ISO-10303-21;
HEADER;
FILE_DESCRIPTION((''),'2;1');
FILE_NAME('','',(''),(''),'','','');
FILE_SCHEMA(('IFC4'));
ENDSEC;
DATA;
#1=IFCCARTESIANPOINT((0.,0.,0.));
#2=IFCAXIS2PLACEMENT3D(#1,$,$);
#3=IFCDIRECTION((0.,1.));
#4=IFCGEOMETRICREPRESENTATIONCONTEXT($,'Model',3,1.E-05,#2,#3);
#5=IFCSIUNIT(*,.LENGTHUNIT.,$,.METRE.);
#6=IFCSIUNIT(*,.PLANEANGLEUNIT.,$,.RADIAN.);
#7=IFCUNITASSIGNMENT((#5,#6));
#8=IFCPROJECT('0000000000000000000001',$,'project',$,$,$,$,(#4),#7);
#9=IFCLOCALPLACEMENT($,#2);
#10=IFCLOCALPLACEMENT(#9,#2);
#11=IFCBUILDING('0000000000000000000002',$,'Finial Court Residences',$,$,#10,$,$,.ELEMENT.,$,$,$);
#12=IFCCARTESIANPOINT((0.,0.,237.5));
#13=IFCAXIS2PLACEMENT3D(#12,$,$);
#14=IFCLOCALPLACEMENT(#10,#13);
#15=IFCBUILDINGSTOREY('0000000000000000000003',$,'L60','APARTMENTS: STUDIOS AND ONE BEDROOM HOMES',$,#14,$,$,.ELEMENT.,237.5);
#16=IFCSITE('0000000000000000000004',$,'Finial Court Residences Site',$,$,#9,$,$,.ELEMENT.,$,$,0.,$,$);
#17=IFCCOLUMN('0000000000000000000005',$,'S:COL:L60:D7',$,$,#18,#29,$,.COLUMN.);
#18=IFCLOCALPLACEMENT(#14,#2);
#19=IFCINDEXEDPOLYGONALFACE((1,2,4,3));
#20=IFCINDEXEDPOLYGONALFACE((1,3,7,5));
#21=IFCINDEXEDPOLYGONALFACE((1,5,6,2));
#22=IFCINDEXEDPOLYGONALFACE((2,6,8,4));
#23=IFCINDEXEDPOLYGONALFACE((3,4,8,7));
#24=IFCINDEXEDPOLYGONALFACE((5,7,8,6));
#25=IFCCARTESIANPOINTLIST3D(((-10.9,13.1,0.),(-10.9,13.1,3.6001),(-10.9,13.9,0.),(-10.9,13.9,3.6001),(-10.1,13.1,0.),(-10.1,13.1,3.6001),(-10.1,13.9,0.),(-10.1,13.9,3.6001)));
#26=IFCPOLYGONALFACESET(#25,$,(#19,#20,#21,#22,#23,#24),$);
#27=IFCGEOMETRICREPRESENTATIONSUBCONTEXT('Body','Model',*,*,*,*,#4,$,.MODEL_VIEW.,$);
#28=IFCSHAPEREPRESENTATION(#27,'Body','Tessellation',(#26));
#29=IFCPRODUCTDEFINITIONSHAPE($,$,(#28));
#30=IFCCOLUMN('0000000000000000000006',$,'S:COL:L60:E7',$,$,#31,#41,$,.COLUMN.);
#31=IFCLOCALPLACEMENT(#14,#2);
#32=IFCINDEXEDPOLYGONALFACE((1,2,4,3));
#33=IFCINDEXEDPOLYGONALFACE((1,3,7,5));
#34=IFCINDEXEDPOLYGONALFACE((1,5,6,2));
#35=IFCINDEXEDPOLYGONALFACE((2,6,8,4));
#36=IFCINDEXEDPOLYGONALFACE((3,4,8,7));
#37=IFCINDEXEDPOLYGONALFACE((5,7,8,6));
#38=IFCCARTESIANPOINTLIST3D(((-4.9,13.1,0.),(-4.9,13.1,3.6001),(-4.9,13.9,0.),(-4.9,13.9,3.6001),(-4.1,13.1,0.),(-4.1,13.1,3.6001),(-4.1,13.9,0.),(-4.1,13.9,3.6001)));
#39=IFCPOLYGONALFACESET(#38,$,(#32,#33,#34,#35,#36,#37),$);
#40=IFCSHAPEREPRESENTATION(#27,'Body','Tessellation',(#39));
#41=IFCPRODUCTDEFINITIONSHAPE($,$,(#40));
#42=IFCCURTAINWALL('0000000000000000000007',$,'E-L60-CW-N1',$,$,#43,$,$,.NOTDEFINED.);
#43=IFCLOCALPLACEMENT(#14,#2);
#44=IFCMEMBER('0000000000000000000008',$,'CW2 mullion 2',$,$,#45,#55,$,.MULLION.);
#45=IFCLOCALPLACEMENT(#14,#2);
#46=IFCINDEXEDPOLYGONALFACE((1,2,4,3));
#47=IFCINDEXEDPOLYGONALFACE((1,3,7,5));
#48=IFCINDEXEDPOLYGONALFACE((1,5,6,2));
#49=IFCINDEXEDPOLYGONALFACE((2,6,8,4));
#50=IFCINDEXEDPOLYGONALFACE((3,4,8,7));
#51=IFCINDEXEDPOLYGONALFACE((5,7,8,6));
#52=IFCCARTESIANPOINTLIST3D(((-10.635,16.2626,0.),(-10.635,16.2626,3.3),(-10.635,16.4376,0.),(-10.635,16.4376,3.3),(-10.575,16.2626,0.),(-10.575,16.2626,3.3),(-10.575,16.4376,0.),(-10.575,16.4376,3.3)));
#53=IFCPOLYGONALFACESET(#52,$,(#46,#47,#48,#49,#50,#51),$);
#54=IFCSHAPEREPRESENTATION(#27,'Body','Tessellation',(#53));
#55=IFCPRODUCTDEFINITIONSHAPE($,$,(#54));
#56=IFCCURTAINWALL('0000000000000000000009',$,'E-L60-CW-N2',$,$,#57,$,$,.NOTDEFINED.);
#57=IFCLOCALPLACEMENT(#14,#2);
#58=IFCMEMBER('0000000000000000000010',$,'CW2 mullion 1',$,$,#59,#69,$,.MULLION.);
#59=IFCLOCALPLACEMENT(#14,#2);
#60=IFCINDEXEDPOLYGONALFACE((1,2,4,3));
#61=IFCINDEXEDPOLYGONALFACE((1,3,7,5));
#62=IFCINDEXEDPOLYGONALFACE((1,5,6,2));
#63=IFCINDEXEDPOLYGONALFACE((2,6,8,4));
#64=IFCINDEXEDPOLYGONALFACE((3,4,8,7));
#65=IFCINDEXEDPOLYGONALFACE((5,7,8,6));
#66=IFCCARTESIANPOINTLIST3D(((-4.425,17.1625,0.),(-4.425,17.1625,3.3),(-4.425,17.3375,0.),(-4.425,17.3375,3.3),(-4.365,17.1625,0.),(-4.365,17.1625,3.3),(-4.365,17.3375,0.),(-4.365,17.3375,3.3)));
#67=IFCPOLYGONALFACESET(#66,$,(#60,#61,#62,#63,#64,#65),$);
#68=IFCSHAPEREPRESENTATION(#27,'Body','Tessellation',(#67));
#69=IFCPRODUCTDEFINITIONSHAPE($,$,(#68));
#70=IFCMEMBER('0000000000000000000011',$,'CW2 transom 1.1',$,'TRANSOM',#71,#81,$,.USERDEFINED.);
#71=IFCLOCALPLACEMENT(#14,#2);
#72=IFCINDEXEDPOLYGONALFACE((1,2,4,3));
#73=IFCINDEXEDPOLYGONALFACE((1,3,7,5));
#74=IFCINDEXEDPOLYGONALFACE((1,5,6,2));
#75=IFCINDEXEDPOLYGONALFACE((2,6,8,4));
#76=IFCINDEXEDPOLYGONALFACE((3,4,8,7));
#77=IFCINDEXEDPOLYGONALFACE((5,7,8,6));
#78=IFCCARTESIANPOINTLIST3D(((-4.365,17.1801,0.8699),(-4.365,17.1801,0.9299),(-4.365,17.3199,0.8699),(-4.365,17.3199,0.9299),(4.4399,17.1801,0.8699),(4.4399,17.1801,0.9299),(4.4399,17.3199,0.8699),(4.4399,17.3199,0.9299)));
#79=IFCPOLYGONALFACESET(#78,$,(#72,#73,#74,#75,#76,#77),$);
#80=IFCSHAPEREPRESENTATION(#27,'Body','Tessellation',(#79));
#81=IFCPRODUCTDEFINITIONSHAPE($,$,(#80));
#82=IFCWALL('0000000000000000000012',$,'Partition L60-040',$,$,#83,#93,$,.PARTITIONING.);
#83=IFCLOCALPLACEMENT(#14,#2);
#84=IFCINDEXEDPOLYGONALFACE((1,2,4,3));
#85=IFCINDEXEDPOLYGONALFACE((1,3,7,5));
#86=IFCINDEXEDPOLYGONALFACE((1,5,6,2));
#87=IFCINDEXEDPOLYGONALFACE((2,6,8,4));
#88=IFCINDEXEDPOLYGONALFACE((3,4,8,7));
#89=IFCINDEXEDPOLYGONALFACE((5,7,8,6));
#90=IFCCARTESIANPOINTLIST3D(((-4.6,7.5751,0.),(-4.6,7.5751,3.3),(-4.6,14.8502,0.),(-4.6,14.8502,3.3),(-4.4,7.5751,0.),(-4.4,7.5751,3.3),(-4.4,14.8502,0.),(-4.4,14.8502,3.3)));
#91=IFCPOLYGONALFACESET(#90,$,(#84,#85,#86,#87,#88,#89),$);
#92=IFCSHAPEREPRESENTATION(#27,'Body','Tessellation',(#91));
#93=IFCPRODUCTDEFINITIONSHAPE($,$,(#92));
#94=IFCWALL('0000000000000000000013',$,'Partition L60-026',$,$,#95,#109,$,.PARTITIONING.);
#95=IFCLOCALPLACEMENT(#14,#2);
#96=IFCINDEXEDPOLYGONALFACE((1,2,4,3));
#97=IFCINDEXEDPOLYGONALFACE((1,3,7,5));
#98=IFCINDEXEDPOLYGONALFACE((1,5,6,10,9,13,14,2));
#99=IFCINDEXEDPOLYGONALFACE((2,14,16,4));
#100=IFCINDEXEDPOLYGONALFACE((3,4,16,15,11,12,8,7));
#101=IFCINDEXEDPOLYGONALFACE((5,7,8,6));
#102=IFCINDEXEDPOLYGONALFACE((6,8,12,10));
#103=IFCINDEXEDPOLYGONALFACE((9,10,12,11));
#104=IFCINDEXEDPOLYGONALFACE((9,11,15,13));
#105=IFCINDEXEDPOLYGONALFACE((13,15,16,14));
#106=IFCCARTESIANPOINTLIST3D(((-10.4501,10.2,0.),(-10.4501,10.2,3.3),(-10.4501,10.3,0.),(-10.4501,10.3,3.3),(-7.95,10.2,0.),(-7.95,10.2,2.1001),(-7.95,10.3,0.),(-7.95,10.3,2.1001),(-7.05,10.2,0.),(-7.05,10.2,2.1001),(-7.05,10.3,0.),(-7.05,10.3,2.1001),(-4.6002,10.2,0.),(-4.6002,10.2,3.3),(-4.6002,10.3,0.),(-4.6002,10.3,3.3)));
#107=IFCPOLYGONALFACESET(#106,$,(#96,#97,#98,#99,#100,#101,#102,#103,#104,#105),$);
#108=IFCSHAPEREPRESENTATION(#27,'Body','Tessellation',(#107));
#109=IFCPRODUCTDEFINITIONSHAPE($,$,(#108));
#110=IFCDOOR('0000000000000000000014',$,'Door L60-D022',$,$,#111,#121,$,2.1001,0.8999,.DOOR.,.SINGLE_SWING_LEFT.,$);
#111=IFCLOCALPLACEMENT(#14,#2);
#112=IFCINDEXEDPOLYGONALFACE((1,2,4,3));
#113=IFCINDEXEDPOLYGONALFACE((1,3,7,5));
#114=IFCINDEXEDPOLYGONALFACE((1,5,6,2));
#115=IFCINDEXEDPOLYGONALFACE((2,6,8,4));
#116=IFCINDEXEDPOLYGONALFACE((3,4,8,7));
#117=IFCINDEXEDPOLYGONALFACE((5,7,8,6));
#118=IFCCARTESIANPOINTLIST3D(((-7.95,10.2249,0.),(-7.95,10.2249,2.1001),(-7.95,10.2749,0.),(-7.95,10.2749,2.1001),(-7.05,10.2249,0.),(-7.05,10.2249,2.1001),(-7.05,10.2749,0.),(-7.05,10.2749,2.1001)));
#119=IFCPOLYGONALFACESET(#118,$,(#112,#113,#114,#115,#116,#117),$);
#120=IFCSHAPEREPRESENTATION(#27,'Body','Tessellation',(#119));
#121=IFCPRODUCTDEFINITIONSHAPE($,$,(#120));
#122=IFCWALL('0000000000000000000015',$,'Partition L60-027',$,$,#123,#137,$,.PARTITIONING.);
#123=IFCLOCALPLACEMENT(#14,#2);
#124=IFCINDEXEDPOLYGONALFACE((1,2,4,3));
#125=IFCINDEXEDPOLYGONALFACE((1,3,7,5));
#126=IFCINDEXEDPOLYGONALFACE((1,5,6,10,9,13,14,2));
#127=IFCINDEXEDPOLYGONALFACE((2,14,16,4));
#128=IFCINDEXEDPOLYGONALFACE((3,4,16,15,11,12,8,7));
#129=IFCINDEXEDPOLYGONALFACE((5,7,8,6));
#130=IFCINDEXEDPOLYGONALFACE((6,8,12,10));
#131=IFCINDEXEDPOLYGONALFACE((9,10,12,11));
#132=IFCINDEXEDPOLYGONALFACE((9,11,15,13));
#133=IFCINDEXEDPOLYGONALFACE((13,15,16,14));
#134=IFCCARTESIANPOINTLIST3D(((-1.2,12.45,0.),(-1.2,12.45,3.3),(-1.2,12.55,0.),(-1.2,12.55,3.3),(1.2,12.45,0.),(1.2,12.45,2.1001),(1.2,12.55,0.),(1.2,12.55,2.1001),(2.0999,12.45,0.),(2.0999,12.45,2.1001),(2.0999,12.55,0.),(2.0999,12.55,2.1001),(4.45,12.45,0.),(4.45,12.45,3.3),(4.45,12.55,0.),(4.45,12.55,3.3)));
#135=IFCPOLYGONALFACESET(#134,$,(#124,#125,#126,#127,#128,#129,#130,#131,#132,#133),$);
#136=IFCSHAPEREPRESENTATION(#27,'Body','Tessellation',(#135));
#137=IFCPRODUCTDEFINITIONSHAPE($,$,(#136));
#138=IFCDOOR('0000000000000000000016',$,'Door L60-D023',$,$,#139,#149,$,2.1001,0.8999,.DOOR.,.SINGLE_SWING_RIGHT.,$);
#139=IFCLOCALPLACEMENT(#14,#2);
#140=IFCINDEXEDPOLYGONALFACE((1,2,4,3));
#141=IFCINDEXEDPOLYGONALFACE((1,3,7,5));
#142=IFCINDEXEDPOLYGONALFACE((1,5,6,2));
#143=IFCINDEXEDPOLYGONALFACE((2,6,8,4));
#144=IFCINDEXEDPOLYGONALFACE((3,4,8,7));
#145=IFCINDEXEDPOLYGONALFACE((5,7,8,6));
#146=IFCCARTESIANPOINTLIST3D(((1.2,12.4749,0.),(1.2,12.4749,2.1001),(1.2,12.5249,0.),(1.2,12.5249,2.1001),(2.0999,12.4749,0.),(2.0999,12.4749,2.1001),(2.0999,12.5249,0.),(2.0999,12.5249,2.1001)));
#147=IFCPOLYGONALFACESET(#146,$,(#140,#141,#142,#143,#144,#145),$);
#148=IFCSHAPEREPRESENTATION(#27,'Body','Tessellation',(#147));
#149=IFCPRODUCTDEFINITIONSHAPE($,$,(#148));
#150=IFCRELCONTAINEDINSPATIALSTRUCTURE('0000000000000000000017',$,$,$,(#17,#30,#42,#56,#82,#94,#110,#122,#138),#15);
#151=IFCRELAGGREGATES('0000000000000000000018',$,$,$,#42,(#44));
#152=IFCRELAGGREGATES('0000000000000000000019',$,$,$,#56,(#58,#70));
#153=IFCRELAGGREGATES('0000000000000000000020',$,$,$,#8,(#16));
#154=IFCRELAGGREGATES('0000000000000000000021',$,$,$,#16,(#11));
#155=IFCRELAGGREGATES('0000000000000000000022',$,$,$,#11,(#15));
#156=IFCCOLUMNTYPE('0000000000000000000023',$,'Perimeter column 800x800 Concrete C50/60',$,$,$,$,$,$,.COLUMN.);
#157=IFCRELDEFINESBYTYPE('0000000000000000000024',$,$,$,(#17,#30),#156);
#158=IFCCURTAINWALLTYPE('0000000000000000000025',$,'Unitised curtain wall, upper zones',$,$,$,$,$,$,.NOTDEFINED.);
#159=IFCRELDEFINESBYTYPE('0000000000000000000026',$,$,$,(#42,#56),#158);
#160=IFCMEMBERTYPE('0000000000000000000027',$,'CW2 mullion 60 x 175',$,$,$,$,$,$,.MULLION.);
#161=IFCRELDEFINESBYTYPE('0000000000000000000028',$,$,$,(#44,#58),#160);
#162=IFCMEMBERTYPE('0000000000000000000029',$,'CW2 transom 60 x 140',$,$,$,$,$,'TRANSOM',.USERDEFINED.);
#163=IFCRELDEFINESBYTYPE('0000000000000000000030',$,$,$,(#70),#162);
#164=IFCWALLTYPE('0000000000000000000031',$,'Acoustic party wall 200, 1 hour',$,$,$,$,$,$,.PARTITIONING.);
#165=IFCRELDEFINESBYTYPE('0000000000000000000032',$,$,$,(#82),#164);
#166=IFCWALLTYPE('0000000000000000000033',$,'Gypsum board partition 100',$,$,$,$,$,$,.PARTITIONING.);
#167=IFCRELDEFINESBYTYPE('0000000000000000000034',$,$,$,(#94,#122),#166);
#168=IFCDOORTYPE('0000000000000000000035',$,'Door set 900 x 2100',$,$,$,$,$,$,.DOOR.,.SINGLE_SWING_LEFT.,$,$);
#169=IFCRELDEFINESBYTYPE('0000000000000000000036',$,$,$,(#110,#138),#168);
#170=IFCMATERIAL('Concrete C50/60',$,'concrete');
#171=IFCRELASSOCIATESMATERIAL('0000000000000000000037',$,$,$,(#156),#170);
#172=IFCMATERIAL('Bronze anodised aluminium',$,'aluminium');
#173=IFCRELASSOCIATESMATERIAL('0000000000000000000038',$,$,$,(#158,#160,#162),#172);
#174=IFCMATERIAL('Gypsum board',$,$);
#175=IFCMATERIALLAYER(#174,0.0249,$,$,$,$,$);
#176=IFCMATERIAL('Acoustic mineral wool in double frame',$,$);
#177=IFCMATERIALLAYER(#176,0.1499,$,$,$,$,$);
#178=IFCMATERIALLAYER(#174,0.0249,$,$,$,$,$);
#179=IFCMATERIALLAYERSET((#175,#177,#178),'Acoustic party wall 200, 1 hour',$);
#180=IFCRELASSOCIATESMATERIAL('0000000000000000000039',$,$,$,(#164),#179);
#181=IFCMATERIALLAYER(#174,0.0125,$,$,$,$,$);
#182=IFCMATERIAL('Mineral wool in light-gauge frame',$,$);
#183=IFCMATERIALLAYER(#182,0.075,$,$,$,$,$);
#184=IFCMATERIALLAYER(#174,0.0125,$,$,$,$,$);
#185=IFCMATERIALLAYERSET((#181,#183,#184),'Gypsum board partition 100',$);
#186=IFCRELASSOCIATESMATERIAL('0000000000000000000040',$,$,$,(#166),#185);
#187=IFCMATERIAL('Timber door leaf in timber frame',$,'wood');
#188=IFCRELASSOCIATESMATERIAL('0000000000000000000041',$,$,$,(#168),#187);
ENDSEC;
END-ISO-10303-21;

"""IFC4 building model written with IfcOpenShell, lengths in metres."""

from ifc_helpers import new_model, si_unit, direction, frame, frame_2d, origin, origin_2d, place, context, subcontext, project, spatial, rectangle, extrude, material, layer, layer_set, material_profile, profile_set, type_object, element, fill, aggregate, save


model = new_model("IFC4")

# Units and contexts
model_context = context("Model", 3, precision=1e-05, world=origin(), true_north=direction((0.0, 1.0)))
body_context = subcontext(model_context, "Body", "Model", "MODEL_VIEW")
ifc_project = project(units=[si_unit("LENGTHUNIT", "METRE"), si_unit("PLANEANGLEUNIT", "RADIAN")], contexts=[model_context])

# Site, building, storey
site_placement = place(None, origin())
site = spatial("IfcSite", under=ifc_project, at=site_placement, Name="Finial Court Residences Site", CompositionType="ELEMENT", RefElevation=0.0)
building_placement = place(site_placement, origin())
building = spatial("IfcBuilding", under=site, at=building_placement, Name="Finial Court Residences", CompositionType="ELEMENT")
storey_placement = place(building_placement, frame((0.0, 0.0, 237.5)))
storey = spatial("IfcBuildingStorey", under=building, at=storey_placement, Name="L60", Description="APARTMENTS: STUDIOS AND ONE BEDROOM HOMES", CompositionType="ELEMENT", Elevation=237.5)

# Columns
ifc_material_1 = material(Name="Concrete C50/60", Category="concrete")
ifc_material_profile_1 = material_profile(ifc_material_1, rectangle(XDim=0.8, YDim=0.8, at=origin_2d()), Name="800x800")
ifc_profile_set_1 = profile_set([ifc_material_profile_1], Name="Concrete C50/60")
column_type = type_object("IfcColumnType", Name="Perimeter column 800x800 Concrete C50/60", PredefinedType="COLUMN", material=ifc_profile_set_1)
for number, where, z_axis, x_axis, name in (
    (1, (-10.5, 13.5, 0.0), (0.0, 0.0, 1.0), (1.0, 0.0, 0.0), "S:COL:L60:D7"),
    (2, (-4.5, 13.5, 0.0), (0.0, 0.0, 1.0), (1.0, 0.0, 0.0), "S:COL:L60:E7"),
):
    element("IfcColumn", number, at=place(storey_placement, frame(where, z_axis=z_axis, x_axis=x_axis)), inside=storey, type_object=column_type, Name=name, PredefinedType="COLUMN", context=body_context, shape_type="SweptSolid", body=[
        extrude(rectangle(XDim=0.8, YDim=0.8, at=origin_2d()), origin(), (0.0, 0.0, 1.0), 3.6001),
    ])

# Curtain wall, member
ifc_material_2 = material(Name="Bronze anodised aluminium", Category="aluminium")
curtain_wall_type = type_object("IfcCurtainWallType", Name="Unitised curtain wall, upper zones", PredefinedType="NOTDEFINED", material=ifc_material_2)
curtain_wall_1_placement = place(storey_placement, origin())
curtain_wall_1 = element("IfcCurtainWall", 3, at=curtain_wall_1_placement, inside=storey, type_object=curtain_wall_type, Name="E-L60-CW-N1", PredefinedType="NOTDEFINED")
ifc_material_profile_2 = material_profile(ifc_material_2, rectangle(XDim=0.175, YDim=0.0601, at=origin_2d()), Name="CW2 mullion 60 x 175")
ifc_profile_set_2 = profile_set([ifc_material_profile_2], Name="Bronze anodised aluminium")
member_type_1 = type_object("IfcMemberType", Name="CW2 mullion 60 x 175", PredefinedType="MULLION", material=ifc_profile_set_2)
member_1_placement = place(storey_placement, frame((-10.605, 16.3501, 0.0), z_axis=(0.0, 0.0, 1.0), x_axis=(0.0, 1.0, 0.0)))
member_1 = element("IfcMember", 4, at=member_1_placement, type_object=member_type_1, Name="CW2 mullion 2", PredefinedType="MULLION", context=body_context, shape_type="SweptSolid", body=[
    extrude(rectangle(XDim=0.175, YDim=0.0601, at=origin_2d()), origin(), (0.0, 0.0, 1.0), 3.3),
])
aggregate(curtain_wall_1, [member_1])

# Curtain wall, members
curtain_wall_2_placement = place(storey_placement, origin())
curtain_wall_2 = element("IfcCurtainWall", 5, at=curtain_wall_2_placement, inside=storey, type_object=curtain_wall_type, Name="E-L60-CW-N2", PredefinedType="NOTDEFINED")
member_2_placement = place(storey_placement, frame((-4.395, 17.25, 0.0), z_axis=(0.0, 0.0, 1.0), x_axis=(0.0, 1.0, 0.0)))
member_2 = element("IfcMember", 6, at=member_2_placement, type_object=member_type_1, Name="CW2 mullion 1", PredefinedType="MULLION", context=body_context, shape_type="SweptSolid", body=[
    extrude(rectangle(XDim=0.175, YDim=0.0601, at=origin_2d()), origin(), (0.0, 0.0, 1.0), 3.3),
])
ifc_material_profile_3 = material_profile(ifc_material_2, rectangle(XDim=0.1399, YDim=0.0601, at=origin_2d()), Name="CW2 transom 60 x 140")
ifc_profile_set_3 = profile_set([ifc_material_profile_3], Name="Bronze anodised aluminium")
member_type_2 = type_object("IfcMemberType", Name="CW2 transom 60 x 140", ElementType="TRANSOM", PredefinedType="USERDEFINED", material=ifc_profile_set_3)
member_3_placement = place(storey_placement, frame((-4.365, 17.25, 0.8999), z_axis=(1.0, 0.0, 0.0), x_axis=(0.0, 1.0, 0.0)))
member_3 = element("IfcMember", 7, at=member_3_placement, type_object=member_type_2, Name="CW2 transom 1.1", ObjectType="TRANSOM", PredefinedType="USERDEFINED", context=body_context, shape_type="SweptSolid", body=[
    extrude(rectangle(XDim=0.1399, YDim=0.0601, at=origin_2d()), origin(), (0.0, 0.0, 1.0), 8.8049),
])
aggregate(curtain_wall_2, [member_2, member_3])

# Wall
ifc_material_3 = material(Name="Gypsum board")
ifc_layer_1 = layer(ifc_material_3, 0.0249)
ifc_material_4 = material(Name="Acoustic mineral wool in double frame")
ifc_layer_2 = layer(ifc_material_4, 0.1499)
ifc_layer_3 = layer(ifc_material_3, 0.0249)
ifc_layer_set_1 = layer_set([ifc_layer_1, ifc_layer_2, ifc_layer_3], Name="Acoustic party wall 200, 1 hour")
wall_type_1 = type_object("IfcWallType", Name="Acoustic party wall 200, 1 hour", PredefinedType="PARTITIONING", material=ifc_layer_set_1)
wall_1_placement = place(storey_placement, frame((-4.5, 7.575, 0.0), z_axis=(0.0, 0.0, 1.0), x_axis=(0.0, 1.0, 0.0)))
element("IfcWall", 8, at=wall_1_placement, inside=storey, type_object=wall_type_1, Name="Partition L60-040", PredefinedType="PARTITIONING", context=body_context, shape_type="SweptSolid", body=[
    extrude(rectangle(XDim=7.2751, YDim=0.2, at=frame_2d((3.6377, 0.0))), origin(), (0.0, 0.0, 1.0), 3.3),
])

# Walls, openings, doors
ifc_layer_4 = layer(ifc_material_3, 0.0125)
ifc_material_5 = material(Name="Mineral wool in light-gauge frame")
ifc_layer_5 = layer(ifc_material_5, 0.075)
ifc_layer_6 = layer(ifc_material_3, 0.0125)
ifc_layer_set_2 = layer_set([ifc_layer_4, ifc_layer_5, ifc_layer_6], Name="Gypsum board partition 100")
wall_type_2 = type_object("IfcWallType", Name="Gypsum board partition 100", PredefinedType="PARTITIONING", material=ifc_layer_set_2)
wall_2_placement = place(storey_placement, frame((-10.45, 10.25, 0.0), z_axis=(0.0, 0.0, 1.0), x_axis=(1.0, 0.0, 0.0)))
wall_2 = element("IfcWall", 9, at=wall_2_placement, inside=storey, type_object=wall_type_2, Name="Partition L60-026", PredefinedType="PARTITIONING", context=body_context, shape_type="SweptSolid", body=[
    extrude(rectangle(XDim=5.8499, YDim=0.1001, at=frame_2d((2.9248, 0.0))), origin(), (0.0, 0.0, 1.0), 3.3),
])
opening_1_placement = place(wall_2_placement, frame((2.5, 0.0, 0.0)))
opening_1 = element("IfcOpeningElement", 10, at=opening_1_placement, cuts=wall_2, PredefinedType="OPENING", context=body_context, shape_type="SweptSolid", body=[
    extrude(rectangle(XDim=0.8999, YDim=2.1001, at=frame_2d((0.45, 1.05))), frame((0.0, 0.0601, 0.0), z_axis=(0.0, -1.0, 0.0), x_axis=(1.0, 0.0, 0.0)), (0.0, 0.0, 1.0), 0.1201),
])
ifc_material_6 = material(Name="Timber door leaf in timber frame", Category="wood")
door_type_1 = type_object("IfcDoorType", Name="Door set 900 x 2100", OperationType="SINGLE_SWING_LEFT", PredefinedType="DOOR", material=ifc_material_6)
door_1_placement = place(opening_1_placement, origin())
door_1 = element("IfcDoor", 11, at=door_1_placement, inside=storey, type_object=door_type_1, Name="Door L60-D022", OperationType="SINGLE_SWING_LEFT", OverallHeight=2.1001, OverallWidth=0.8999, PredefinedType="DOOR", context=body_context, shape_type="SweptSolid", body=[
    extrude(rectangle(XDim=0.8999, YDim=2.1001, at=frame_2d((0.45, 1.05))), frame((0.0, 0.0249, 0.0), z_axis=(0.0, -1.0, 0.0), x_axis=(1.0, 0.0, 0.0)), (0.0, 0.0, 1.0), 0.05),
])
fill(opening_1, door_1)
wall_3_placement = place(storey_placement, frame((-1.2, 12.5, 0.0), z_axis=(0.0, 0.0, 1.0), x_axis=(1.0, 0.0, 0.0)))
wall_3 = element("IfcWall", 12, at=wall_3_placement, inside=storey, type_object=wall_type_2, Name="Partition L60-027", PredefinedType="PARTITIONING", context=body_context, shape_type="SweptSolid", body=[
    extrude(rectangle(XDim=5.6499, YDim=0.1001, at=frame_2d((2.825, 0.0))), origin(), (0.0, 0.0, 1.0), 3.3),
])
opening_2_placement = place(wall_3_placement, frame((2.3999, 0.0, 0.0)))
opening_2 = element("IfcOpeningElement", 13, at=opening_2_placement, cuts=wall_3, PredefinedType="OPENING", context=body_context, shape_type="SweptSolid", body=[
    extrude(rectangle(XDim=0.8999, YDim=2.1001, at=frame_2d((0.45, 1.05))), frame((0.0, 0.0601, 0.0), z_axis=(0.0, -1.0, 0.0), x_axis=(1.0, 0.0, 0.0)), (0.0, 0.0, 1.0), 0.1201),
])
door_2_placement = place(opening_2_placement, origin())
door_2 = element("IfcDoor", 14, at=door_2_placement, inside=storey, type_object=door_type_1, Name="Door L60-D023", OperationType="SINGLE_SWING_RIGHT", OverallHeight=2.1001, OverallWidth=0.8999, PredefinedType="DOOR", context=body_context, shape_type="SweptSolid", body=[
    extrude(rectangle(XDim=0.8999, YDim=2.1001, at=frame_2d((0.45, 1.05))), frame((0.0, 0.0249, 0.0), z_axis=(0.0, -1.0, 0.0), x_axis=(1.0, 0.0, 0.0)), (0.0, 0.0, 1.0), 0.05),
])
fill(opening_2, door_2)

save(model, "model.ifc")
